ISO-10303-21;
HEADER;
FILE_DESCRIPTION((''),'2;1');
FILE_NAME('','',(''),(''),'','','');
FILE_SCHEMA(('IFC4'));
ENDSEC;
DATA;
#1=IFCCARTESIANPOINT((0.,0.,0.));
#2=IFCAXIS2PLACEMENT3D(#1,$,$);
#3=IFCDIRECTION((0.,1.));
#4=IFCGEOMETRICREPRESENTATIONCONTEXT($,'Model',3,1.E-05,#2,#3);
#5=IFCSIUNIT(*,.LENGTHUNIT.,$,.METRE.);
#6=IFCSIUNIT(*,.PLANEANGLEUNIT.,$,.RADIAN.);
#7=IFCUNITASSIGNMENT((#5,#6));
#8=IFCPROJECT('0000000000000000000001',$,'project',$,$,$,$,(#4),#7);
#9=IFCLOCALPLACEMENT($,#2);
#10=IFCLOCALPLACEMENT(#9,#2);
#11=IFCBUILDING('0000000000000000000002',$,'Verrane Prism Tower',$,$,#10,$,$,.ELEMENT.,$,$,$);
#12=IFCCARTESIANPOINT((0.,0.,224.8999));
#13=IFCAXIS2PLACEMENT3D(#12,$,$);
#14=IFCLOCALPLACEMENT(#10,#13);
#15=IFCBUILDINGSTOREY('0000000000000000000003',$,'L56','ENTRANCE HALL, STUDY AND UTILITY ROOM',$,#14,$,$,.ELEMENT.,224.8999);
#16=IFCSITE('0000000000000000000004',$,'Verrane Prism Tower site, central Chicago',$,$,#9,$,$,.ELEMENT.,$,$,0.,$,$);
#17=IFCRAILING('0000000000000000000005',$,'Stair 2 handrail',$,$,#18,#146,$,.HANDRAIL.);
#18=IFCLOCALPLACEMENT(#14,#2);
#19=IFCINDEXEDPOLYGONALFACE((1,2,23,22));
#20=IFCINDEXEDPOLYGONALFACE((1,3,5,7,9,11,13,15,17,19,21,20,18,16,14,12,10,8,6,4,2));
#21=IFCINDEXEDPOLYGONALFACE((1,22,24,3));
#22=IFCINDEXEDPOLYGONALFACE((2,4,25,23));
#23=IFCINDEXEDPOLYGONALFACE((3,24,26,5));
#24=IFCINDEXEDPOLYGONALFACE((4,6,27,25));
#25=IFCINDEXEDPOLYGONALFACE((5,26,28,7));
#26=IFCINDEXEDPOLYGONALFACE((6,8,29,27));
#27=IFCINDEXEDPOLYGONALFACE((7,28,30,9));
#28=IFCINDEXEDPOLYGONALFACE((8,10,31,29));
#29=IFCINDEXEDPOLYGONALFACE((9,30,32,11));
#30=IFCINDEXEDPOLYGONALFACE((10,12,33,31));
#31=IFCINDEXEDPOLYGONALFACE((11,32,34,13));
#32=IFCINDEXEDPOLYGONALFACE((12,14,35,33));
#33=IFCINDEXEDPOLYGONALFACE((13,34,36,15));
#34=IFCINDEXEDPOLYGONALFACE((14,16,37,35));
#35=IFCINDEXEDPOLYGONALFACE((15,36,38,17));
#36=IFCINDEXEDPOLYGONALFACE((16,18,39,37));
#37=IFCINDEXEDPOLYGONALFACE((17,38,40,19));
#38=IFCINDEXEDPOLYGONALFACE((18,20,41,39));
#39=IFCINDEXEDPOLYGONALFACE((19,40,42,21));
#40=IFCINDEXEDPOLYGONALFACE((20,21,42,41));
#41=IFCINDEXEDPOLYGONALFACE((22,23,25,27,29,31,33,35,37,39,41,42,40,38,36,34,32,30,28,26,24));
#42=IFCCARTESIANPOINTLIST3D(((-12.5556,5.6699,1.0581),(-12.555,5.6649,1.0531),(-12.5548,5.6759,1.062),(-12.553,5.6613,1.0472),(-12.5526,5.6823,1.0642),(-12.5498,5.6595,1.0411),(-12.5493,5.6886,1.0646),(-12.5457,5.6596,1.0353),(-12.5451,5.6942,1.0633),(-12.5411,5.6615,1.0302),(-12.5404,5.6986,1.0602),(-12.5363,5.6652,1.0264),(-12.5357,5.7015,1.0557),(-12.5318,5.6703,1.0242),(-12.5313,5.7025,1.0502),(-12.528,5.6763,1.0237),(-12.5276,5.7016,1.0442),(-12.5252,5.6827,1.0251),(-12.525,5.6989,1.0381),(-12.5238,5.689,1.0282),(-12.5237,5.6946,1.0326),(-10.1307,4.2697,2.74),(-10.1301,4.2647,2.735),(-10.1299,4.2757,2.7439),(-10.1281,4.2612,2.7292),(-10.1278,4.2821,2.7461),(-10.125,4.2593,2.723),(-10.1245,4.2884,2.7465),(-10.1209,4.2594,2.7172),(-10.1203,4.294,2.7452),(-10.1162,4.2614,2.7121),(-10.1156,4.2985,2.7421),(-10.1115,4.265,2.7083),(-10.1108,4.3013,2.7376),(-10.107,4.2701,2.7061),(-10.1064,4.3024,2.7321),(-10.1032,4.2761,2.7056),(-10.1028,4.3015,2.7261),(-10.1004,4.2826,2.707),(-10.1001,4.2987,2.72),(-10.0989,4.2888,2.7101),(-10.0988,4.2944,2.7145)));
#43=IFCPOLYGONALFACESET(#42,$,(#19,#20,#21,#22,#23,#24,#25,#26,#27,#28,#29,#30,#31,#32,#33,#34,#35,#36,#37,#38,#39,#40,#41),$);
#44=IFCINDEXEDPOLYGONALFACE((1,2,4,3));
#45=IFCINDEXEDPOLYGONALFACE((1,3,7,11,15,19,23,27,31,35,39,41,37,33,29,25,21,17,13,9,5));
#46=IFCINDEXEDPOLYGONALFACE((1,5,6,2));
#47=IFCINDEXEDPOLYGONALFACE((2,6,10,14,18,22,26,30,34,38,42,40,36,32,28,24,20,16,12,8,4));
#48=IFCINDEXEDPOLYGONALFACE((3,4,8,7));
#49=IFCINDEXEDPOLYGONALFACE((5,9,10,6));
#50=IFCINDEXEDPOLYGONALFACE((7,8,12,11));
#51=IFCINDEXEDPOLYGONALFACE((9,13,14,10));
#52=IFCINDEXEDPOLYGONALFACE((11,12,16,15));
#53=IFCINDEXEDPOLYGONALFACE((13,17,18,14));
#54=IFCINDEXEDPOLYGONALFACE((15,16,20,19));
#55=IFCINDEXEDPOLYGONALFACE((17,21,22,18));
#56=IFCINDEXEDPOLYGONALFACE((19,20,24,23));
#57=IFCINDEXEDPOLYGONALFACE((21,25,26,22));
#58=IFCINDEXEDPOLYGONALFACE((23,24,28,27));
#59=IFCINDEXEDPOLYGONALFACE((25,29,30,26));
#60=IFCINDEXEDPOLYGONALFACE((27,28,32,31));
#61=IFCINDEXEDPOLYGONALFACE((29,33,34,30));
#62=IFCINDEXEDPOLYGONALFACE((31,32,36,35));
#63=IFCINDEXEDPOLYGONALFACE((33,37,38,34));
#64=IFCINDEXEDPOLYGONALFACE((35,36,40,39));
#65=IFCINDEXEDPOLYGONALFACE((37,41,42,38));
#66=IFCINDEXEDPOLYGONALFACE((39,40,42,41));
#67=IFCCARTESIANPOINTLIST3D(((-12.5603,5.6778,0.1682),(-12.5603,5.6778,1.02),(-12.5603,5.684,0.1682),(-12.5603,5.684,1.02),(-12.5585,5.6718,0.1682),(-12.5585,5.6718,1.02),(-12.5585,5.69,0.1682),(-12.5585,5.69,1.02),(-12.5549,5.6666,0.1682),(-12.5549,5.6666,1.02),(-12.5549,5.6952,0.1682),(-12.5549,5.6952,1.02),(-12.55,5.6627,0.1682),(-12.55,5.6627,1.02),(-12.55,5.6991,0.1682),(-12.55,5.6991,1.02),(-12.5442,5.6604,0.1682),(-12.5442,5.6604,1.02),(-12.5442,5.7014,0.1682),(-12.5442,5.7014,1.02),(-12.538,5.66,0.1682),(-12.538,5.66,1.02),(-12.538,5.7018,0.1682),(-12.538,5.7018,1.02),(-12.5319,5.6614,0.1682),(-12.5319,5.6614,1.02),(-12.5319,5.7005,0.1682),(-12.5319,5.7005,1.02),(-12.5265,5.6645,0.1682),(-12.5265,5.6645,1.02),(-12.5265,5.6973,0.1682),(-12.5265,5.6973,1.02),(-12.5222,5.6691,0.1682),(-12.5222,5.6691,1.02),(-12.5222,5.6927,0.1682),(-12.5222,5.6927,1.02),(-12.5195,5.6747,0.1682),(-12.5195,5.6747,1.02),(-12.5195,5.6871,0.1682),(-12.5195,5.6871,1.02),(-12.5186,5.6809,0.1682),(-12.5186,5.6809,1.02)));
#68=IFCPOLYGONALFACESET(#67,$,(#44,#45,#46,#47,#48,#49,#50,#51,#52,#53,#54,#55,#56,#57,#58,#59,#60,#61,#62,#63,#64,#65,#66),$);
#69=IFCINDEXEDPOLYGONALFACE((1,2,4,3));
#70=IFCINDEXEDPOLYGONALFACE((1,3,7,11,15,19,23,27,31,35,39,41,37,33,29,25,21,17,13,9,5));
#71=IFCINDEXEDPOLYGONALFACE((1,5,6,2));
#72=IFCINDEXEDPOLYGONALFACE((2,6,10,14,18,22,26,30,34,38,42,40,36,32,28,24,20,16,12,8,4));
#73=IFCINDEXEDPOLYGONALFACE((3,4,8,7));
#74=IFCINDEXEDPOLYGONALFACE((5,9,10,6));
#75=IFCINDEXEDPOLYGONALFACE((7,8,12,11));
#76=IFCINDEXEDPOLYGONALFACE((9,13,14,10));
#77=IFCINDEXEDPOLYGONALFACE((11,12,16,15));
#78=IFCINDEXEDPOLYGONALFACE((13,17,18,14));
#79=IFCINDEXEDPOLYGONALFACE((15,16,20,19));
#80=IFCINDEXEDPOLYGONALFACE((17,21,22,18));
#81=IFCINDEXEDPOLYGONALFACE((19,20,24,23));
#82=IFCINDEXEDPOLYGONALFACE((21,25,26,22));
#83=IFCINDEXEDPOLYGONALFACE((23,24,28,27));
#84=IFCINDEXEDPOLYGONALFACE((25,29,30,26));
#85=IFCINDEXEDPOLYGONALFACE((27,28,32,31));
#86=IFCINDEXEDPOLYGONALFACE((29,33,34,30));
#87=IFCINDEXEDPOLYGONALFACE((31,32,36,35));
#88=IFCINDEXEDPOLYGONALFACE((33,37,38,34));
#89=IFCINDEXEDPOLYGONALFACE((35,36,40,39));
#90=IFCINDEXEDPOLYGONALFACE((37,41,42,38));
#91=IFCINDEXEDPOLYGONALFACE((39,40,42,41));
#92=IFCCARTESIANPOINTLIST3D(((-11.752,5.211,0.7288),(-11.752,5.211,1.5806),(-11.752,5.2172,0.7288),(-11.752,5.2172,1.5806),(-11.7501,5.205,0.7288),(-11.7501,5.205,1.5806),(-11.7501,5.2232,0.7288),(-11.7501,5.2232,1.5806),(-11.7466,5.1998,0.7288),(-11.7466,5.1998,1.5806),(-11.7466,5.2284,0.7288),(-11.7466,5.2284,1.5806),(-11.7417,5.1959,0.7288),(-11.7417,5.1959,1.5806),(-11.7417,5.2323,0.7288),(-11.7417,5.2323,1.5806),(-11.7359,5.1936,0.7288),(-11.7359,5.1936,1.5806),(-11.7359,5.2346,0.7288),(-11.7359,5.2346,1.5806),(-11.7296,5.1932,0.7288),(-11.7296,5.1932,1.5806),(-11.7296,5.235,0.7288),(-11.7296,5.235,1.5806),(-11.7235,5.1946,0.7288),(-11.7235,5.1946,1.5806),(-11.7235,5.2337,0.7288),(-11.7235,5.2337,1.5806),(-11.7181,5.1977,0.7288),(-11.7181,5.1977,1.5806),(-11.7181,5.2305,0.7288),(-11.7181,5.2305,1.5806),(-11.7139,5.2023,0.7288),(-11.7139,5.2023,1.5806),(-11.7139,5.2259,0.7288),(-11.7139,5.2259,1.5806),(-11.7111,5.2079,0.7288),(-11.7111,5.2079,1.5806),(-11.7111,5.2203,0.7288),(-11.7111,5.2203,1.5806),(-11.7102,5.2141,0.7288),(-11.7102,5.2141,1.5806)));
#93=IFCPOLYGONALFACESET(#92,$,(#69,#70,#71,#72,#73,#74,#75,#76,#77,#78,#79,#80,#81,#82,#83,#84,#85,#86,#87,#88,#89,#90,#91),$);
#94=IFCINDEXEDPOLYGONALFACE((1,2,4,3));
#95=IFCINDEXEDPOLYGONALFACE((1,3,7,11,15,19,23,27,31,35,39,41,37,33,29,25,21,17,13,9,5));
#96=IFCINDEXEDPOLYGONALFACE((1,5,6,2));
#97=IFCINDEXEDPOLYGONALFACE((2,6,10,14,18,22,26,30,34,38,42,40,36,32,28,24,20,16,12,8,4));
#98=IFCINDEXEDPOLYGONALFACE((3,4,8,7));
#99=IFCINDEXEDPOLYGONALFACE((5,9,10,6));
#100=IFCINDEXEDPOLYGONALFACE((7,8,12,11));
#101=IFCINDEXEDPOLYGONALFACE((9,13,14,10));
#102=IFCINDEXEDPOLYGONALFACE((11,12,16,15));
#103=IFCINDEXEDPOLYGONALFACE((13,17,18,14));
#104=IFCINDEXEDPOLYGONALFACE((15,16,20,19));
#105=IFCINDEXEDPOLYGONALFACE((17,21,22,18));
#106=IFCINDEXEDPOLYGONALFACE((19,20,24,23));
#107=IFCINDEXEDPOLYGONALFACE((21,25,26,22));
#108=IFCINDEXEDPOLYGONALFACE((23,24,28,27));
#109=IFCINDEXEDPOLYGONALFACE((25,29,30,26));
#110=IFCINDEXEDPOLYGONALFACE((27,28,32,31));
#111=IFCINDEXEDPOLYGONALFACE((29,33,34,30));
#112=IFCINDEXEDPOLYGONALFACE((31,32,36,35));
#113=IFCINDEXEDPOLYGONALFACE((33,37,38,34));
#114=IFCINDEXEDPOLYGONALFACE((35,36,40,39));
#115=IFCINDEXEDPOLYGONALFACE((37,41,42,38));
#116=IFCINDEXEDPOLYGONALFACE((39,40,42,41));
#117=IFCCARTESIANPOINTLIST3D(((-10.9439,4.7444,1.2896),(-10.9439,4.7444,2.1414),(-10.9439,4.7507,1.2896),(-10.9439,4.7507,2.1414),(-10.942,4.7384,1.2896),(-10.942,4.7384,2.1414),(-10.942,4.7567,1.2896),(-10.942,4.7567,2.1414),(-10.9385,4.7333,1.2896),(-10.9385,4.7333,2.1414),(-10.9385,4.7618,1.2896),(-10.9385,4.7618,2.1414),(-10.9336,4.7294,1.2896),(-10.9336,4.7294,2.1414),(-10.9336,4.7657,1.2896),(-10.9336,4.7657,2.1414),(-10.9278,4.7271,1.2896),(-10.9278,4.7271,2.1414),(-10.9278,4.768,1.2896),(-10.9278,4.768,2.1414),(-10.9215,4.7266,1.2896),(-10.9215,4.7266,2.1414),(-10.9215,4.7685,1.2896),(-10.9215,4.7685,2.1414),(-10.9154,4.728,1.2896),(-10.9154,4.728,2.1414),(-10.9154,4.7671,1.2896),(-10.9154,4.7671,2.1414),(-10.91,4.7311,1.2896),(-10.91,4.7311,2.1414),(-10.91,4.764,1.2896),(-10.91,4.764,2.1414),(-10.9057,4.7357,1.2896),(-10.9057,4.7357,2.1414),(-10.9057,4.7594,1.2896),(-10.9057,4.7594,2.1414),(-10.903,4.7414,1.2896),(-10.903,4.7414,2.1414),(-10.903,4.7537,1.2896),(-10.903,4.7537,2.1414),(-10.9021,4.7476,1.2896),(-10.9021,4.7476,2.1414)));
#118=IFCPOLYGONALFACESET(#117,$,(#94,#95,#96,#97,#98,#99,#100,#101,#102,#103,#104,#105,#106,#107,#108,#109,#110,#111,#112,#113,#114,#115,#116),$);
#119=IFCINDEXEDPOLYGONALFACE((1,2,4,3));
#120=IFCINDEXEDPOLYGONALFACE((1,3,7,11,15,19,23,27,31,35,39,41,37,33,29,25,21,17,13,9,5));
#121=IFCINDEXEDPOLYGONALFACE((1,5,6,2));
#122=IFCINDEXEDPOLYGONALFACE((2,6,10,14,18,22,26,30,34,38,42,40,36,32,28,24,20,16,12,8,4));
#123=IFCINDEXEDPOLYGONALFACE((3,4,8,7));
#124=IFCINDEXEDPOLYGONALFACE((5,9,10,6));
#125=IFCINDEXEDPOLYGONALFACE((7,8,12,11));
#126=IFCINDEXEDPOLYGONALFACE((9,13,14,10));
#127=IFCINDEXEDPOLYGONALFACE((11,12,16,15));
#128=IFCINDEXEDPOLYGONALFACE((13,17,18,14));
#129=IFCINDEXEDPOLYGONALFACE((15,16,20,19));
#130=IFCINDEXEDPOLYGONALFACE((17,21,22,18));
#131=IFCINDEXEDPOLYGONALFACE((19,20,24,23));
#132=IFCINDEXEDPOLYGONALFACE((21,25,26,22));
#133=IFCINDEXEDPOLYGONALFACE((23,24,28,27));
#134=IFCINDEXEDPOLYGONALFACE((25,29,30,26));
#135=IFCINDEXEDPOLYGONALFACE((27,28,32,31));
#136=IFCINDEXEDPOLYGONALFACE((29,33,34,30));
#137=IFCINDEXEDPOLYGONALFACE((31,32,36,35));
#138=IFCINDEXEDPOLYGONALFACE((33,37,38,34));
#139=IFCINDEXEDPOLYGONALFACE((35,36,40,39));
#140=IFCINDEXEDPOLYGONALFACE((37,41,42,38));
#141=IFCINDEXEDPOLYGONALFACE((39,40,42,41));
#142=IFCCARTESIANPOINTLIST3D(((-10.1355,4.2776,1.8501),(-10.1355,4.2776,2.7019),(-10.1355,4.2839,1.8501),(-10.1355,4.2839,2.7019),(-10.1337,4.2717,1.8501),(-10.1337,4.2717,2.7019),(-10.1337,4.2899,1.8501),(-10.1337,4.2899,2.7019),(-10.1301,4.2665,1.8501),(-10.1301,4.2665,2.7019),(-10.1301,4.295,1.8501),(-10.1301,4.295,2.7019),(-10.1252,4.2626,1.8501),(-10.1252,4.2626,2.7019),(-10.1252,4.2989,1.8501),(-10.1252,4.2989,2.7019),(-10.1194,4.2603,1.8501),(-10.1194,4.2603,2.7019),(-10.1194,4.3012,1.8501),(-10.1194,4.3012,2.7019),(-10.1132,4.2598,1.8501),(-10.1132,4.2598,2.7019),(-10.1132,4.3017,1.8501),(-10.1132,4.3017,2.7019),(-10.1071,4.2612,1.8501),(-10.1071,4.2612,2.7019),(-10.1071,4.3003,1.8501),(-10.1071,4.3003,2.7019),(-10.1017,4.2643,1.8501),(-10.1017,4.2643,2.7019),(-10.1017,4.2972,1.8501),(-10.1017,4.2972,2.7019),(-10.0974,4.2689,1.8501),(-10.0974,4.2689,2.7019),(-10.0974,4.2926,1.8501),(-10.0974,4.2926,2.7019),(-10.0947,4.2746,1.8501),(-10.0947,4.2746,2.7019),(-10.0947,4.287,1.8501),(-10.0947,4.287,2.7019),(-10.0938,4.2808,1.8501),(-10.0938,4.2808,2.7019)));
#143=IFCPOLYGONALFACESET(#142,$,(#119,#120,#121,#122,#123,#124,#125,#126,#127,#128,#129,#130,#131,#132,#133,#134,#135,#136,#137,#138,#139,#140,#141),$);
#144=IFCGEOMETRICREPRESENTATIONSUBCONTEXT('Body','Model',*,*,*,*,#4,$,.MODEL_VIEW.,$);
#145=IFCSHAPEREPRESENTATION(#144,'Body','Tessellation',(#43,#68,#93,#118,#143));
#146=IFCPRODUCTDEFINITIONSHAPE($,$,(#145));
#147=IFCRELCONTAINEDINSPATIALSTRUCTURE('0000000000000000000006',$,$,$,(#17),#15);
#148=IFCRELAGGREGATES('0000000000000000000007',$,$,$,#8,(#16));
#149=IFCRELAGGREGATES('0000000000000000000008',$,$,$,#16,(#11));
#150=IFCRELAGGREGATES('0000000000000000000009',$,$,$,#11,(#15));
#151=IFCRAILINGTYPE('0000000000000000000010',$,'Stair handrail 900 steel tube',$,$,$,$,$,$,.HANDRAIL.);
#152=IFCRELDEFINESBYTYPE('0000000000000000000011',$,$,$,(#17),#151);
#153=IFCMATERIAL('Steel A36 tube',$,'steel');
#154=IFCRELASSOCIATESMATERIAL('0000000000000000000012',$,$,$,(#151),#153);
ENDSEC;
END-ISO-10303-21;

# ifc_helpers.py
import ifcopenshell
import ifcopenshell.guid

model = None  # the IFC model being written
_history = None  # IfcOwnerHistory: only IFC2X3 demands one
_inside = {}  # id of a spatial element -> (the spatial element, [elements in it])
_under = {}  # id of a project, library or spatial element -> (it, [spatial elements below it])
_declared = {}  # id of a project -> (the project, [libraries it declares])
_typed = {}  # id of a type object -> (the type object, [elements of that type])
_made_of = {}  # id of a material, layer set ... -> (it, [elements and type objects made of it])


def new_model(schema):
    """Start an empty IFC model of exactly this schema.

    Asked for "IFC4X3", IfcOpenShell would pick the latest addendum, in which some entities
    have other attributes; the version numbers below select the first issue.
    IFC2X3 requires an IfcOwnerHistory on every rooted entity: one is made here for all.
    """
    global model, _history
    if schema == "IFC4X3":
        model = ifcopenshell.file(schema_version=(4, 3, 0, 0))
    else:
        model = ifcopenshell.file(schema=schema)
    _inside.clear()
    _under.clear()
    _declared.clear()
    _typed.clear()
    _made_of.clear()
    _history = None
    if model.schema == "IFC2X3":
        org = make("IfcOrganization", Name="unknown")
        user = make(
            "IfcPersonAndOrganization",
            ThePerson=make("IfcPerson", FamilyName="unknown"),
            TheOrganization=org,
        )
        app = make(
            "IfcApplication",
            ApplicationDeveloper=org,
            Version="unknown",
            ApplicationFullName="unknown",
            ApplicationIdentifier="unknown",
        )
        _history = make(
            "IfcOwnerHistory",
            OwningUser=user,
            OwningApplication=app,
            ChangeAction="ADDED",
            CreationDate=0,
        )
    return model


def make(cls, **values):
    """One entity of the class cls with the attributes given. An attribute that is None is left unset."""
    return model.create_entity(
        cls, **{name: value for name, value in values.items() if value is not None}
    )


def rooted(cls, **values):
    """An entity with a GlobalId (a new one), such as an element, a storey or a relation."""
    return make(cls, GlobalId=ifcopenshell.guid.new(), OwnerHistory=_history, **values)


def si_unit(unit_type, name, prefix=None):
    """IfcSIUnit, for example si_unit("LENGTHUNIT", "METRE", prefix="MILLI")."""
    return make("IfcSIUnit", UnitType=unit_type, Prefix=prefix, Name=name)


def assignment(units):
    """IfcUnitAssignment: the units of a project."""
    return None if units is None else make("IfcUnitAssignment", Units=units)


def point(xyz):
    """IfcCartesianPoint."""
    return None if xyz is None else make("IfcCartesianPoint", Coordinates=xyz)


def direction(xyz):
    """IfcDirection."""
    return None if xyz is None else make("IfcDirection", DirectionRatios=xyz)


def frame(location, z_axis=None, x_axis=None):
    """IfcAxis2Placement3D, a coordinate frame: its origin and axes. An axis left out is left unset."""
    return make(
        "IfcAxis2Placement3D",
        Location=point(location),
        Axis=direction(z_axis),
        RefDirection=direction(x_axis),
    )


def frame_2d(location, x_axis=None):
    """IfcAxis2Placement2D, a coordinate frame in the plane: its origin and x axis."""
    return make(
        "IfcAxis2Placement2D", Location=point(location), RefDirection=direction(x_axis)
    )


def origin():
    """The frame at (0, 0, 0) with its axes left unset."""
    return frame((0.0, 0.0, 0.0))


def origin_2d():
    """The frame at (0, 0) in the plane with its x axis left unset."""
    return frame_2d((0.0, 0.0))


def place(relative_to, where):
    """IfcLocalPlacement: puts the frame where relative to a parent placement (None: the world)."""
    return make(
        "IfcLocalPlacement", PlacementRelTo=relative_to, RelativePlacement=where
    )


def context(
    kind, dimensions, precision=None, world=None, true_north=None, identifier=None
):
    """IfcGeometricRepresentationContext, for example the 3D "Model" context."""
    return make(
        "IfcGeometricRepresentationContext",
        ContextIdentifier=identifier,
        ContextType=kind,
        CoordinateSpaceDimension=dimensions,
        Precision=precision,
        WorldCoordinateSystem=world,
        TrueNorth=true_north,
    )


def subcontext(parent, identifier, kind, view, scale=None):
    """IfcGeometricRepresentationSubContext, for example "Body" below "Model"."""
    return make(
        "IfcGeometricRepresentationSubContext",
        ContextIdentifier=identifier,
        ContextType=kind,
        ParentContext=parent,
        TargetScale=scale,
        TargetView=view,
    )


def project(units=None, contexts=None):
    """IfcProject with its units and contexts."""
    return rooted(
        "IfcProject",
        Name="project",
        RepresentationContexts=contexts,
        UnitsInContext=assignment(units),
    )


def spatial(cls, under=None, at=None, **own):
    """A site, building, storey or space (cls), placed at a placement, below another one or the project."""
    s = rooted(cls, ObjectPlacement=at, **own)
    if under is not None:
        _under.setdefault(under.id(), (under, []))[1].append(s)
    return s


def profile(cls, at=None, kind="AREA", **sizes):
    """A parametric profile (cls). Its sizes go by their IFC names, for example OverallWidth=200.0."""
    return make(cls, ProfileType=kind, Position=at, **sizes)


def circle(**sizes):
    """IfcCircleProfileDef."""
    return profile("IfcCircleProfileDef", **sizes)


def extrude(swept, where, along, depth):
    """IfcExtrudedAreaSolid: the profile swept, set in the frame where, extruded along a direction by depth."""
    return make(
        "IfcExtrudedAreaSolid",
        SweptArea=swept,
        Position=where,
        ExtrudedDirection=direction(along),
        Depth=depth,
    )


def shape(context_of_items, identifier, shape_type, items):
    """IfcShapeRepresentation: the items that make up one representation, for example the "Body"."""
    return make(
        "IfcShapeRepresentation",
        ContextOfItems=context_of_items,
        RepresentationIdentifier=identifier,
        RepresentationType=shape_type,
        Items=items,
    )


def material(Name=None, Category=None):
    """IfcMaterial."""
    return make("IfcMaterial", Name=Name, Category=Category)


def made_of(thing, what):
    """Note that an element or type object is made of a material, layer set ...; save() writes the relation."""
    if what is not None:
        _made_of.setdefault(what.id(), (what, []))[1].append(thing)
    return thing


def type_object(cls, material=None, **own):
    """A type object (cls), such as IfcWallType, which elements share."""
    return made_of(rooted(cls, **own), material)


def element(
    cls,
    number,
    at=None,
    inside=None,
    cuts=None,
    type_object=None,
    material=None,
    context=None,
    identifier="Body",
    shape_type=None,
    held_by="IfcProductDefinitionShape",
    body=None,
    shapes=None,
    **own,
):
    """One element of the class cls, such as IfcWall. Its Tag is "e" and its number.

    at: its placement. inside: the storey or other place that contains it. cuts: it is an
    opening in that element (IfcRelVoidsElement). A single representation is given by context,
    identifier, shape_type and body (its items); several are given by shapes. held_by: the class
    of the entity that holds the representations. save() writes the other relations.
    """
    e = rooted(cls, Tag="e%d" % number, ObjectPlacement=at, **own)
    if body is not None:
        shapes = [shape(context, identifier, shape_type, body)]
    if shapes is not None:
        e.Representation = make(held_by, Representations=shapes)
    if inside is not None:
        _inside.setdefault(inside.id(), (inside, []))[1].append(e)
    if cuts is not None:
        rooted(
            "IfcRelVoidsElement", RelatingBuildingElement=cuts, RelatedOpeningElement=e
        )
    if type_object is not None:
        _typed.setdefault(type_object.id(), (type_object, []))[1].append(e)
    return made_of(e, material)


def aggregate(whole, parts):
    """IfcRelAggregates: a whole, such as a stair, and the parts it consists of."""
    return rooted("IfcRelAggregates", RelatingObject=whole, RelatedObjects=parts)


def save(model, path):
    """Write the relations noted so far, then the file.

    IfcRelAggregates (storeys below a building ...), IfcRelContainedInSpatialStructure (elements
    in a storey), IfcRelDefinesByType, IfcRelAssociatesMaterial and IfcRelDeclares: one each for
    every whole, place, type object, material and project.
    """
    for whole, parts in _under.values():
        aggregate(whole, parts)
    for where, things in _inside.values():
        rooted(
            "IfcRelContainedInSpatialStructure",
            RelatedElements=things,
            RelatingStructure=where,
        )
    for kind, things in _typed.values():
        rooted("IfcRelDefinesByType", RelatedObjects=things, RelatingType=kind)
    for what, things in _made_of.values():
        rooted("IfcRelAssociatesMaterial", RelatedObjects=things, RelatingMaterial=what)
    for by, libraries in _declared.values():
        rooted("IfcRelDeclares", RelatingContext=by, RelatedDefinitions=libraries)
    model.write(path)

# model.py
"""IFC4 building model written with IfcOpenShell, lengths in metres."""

from ifc_helpers import new_model, si_unit, direction, frame, origin, origin_2d, place, context, subcontext, project, spatial, circle, extrude, material, type_object, element, save


model = new_model("IFC4")

# Units and contexts
model_context = context("Model", 3, precision=1e-05, world=origin(), true_north=direction((0.0, 1.0)))
body_context = subcontext(model_context, "Body", "Model", "MODEL_VIEW")
ifc_project = project(units=[si_unit("LENGTHUNIT", "METRE"), si_unit("PLANEANGLEUNIT", "RADIAN")], contexts=[model_context])

# Site, building, storey
site_placement = place(None, origin())
site = spatial("IfcSite", under=ifc_project, at=site_placement, Name="Verrane Prism Tower site, central Chicago", CompositionType="ELEMENT", RefElevation=0.0)
building_placement = place(site_placement, origin())
building = spatial("IfcBuilding", under=site, at=building_placement, Name="Verrane Prism Tower", CompositionType="ELEMENT")
storey_placement = place(building_placement, frame((0.0, 0.0, 224.8999)))
storey = spatial("IfcBuildingStorey", under=building, at=storey_placement, Name="L56", Description="ENTRANCE HALL, STUDY AND UTILITY ROOM", CompositionType="ELEMENT", Elevation=224.8999)

# Railing
ifc_material_1 = material(Name="Steel A36 tube", Category="steel")
railing_type_1 = type_object("IfcRailingType", Name="Stair handrail 900 steel tube", PredefinedType="HANDRAIL", material=ifc_material_1)
railing_1_placement = place(storey_placement, frame((-12.5396, 5.6809, 0.1682)))
element("IfcRailing", 1, at=railing_1_placement, inside=storey, type_object=railing_type_1, Name="Stair 2 handrail", PredefinedType="HANDRAIL", context=body_context, shape_type="SweptSolid", body=[
    extrude(circle(Radius=0.0239, at=origin_2d()), frame((0.0, 0.0, 0.876), z_axis=(0.742367, -0.428662, 0.514918), x_axis=(0.50005, 0.865997, 0.0)), (0.0, 0.0, 1.0), 3.2664),
    extrude(circle(Radius=0.021, at=origin_2d()), origin(), (0.0, 0.0, 1.0), 0.8518),
    extrude(circle(Radius=0.021, at=origin_2d()), frame((0.8083, -0.4668, 0.5605)), (0.0, 0.0, 1.0), 0.8518),
    extrude(circle(Radius=0.021, at=origin_2d()), frame((1.6165, -0.9333, 1.1213)), (0.0, 0.0, 1.0), 0.8518),
    extrude(circle(Radius=0.021, at=origin_2d()), frame((2.4248, -1.4001, 1.6819)), (0.0, 0.0, 1.0), 0.8518),
])

save(model, "model.ifc")
